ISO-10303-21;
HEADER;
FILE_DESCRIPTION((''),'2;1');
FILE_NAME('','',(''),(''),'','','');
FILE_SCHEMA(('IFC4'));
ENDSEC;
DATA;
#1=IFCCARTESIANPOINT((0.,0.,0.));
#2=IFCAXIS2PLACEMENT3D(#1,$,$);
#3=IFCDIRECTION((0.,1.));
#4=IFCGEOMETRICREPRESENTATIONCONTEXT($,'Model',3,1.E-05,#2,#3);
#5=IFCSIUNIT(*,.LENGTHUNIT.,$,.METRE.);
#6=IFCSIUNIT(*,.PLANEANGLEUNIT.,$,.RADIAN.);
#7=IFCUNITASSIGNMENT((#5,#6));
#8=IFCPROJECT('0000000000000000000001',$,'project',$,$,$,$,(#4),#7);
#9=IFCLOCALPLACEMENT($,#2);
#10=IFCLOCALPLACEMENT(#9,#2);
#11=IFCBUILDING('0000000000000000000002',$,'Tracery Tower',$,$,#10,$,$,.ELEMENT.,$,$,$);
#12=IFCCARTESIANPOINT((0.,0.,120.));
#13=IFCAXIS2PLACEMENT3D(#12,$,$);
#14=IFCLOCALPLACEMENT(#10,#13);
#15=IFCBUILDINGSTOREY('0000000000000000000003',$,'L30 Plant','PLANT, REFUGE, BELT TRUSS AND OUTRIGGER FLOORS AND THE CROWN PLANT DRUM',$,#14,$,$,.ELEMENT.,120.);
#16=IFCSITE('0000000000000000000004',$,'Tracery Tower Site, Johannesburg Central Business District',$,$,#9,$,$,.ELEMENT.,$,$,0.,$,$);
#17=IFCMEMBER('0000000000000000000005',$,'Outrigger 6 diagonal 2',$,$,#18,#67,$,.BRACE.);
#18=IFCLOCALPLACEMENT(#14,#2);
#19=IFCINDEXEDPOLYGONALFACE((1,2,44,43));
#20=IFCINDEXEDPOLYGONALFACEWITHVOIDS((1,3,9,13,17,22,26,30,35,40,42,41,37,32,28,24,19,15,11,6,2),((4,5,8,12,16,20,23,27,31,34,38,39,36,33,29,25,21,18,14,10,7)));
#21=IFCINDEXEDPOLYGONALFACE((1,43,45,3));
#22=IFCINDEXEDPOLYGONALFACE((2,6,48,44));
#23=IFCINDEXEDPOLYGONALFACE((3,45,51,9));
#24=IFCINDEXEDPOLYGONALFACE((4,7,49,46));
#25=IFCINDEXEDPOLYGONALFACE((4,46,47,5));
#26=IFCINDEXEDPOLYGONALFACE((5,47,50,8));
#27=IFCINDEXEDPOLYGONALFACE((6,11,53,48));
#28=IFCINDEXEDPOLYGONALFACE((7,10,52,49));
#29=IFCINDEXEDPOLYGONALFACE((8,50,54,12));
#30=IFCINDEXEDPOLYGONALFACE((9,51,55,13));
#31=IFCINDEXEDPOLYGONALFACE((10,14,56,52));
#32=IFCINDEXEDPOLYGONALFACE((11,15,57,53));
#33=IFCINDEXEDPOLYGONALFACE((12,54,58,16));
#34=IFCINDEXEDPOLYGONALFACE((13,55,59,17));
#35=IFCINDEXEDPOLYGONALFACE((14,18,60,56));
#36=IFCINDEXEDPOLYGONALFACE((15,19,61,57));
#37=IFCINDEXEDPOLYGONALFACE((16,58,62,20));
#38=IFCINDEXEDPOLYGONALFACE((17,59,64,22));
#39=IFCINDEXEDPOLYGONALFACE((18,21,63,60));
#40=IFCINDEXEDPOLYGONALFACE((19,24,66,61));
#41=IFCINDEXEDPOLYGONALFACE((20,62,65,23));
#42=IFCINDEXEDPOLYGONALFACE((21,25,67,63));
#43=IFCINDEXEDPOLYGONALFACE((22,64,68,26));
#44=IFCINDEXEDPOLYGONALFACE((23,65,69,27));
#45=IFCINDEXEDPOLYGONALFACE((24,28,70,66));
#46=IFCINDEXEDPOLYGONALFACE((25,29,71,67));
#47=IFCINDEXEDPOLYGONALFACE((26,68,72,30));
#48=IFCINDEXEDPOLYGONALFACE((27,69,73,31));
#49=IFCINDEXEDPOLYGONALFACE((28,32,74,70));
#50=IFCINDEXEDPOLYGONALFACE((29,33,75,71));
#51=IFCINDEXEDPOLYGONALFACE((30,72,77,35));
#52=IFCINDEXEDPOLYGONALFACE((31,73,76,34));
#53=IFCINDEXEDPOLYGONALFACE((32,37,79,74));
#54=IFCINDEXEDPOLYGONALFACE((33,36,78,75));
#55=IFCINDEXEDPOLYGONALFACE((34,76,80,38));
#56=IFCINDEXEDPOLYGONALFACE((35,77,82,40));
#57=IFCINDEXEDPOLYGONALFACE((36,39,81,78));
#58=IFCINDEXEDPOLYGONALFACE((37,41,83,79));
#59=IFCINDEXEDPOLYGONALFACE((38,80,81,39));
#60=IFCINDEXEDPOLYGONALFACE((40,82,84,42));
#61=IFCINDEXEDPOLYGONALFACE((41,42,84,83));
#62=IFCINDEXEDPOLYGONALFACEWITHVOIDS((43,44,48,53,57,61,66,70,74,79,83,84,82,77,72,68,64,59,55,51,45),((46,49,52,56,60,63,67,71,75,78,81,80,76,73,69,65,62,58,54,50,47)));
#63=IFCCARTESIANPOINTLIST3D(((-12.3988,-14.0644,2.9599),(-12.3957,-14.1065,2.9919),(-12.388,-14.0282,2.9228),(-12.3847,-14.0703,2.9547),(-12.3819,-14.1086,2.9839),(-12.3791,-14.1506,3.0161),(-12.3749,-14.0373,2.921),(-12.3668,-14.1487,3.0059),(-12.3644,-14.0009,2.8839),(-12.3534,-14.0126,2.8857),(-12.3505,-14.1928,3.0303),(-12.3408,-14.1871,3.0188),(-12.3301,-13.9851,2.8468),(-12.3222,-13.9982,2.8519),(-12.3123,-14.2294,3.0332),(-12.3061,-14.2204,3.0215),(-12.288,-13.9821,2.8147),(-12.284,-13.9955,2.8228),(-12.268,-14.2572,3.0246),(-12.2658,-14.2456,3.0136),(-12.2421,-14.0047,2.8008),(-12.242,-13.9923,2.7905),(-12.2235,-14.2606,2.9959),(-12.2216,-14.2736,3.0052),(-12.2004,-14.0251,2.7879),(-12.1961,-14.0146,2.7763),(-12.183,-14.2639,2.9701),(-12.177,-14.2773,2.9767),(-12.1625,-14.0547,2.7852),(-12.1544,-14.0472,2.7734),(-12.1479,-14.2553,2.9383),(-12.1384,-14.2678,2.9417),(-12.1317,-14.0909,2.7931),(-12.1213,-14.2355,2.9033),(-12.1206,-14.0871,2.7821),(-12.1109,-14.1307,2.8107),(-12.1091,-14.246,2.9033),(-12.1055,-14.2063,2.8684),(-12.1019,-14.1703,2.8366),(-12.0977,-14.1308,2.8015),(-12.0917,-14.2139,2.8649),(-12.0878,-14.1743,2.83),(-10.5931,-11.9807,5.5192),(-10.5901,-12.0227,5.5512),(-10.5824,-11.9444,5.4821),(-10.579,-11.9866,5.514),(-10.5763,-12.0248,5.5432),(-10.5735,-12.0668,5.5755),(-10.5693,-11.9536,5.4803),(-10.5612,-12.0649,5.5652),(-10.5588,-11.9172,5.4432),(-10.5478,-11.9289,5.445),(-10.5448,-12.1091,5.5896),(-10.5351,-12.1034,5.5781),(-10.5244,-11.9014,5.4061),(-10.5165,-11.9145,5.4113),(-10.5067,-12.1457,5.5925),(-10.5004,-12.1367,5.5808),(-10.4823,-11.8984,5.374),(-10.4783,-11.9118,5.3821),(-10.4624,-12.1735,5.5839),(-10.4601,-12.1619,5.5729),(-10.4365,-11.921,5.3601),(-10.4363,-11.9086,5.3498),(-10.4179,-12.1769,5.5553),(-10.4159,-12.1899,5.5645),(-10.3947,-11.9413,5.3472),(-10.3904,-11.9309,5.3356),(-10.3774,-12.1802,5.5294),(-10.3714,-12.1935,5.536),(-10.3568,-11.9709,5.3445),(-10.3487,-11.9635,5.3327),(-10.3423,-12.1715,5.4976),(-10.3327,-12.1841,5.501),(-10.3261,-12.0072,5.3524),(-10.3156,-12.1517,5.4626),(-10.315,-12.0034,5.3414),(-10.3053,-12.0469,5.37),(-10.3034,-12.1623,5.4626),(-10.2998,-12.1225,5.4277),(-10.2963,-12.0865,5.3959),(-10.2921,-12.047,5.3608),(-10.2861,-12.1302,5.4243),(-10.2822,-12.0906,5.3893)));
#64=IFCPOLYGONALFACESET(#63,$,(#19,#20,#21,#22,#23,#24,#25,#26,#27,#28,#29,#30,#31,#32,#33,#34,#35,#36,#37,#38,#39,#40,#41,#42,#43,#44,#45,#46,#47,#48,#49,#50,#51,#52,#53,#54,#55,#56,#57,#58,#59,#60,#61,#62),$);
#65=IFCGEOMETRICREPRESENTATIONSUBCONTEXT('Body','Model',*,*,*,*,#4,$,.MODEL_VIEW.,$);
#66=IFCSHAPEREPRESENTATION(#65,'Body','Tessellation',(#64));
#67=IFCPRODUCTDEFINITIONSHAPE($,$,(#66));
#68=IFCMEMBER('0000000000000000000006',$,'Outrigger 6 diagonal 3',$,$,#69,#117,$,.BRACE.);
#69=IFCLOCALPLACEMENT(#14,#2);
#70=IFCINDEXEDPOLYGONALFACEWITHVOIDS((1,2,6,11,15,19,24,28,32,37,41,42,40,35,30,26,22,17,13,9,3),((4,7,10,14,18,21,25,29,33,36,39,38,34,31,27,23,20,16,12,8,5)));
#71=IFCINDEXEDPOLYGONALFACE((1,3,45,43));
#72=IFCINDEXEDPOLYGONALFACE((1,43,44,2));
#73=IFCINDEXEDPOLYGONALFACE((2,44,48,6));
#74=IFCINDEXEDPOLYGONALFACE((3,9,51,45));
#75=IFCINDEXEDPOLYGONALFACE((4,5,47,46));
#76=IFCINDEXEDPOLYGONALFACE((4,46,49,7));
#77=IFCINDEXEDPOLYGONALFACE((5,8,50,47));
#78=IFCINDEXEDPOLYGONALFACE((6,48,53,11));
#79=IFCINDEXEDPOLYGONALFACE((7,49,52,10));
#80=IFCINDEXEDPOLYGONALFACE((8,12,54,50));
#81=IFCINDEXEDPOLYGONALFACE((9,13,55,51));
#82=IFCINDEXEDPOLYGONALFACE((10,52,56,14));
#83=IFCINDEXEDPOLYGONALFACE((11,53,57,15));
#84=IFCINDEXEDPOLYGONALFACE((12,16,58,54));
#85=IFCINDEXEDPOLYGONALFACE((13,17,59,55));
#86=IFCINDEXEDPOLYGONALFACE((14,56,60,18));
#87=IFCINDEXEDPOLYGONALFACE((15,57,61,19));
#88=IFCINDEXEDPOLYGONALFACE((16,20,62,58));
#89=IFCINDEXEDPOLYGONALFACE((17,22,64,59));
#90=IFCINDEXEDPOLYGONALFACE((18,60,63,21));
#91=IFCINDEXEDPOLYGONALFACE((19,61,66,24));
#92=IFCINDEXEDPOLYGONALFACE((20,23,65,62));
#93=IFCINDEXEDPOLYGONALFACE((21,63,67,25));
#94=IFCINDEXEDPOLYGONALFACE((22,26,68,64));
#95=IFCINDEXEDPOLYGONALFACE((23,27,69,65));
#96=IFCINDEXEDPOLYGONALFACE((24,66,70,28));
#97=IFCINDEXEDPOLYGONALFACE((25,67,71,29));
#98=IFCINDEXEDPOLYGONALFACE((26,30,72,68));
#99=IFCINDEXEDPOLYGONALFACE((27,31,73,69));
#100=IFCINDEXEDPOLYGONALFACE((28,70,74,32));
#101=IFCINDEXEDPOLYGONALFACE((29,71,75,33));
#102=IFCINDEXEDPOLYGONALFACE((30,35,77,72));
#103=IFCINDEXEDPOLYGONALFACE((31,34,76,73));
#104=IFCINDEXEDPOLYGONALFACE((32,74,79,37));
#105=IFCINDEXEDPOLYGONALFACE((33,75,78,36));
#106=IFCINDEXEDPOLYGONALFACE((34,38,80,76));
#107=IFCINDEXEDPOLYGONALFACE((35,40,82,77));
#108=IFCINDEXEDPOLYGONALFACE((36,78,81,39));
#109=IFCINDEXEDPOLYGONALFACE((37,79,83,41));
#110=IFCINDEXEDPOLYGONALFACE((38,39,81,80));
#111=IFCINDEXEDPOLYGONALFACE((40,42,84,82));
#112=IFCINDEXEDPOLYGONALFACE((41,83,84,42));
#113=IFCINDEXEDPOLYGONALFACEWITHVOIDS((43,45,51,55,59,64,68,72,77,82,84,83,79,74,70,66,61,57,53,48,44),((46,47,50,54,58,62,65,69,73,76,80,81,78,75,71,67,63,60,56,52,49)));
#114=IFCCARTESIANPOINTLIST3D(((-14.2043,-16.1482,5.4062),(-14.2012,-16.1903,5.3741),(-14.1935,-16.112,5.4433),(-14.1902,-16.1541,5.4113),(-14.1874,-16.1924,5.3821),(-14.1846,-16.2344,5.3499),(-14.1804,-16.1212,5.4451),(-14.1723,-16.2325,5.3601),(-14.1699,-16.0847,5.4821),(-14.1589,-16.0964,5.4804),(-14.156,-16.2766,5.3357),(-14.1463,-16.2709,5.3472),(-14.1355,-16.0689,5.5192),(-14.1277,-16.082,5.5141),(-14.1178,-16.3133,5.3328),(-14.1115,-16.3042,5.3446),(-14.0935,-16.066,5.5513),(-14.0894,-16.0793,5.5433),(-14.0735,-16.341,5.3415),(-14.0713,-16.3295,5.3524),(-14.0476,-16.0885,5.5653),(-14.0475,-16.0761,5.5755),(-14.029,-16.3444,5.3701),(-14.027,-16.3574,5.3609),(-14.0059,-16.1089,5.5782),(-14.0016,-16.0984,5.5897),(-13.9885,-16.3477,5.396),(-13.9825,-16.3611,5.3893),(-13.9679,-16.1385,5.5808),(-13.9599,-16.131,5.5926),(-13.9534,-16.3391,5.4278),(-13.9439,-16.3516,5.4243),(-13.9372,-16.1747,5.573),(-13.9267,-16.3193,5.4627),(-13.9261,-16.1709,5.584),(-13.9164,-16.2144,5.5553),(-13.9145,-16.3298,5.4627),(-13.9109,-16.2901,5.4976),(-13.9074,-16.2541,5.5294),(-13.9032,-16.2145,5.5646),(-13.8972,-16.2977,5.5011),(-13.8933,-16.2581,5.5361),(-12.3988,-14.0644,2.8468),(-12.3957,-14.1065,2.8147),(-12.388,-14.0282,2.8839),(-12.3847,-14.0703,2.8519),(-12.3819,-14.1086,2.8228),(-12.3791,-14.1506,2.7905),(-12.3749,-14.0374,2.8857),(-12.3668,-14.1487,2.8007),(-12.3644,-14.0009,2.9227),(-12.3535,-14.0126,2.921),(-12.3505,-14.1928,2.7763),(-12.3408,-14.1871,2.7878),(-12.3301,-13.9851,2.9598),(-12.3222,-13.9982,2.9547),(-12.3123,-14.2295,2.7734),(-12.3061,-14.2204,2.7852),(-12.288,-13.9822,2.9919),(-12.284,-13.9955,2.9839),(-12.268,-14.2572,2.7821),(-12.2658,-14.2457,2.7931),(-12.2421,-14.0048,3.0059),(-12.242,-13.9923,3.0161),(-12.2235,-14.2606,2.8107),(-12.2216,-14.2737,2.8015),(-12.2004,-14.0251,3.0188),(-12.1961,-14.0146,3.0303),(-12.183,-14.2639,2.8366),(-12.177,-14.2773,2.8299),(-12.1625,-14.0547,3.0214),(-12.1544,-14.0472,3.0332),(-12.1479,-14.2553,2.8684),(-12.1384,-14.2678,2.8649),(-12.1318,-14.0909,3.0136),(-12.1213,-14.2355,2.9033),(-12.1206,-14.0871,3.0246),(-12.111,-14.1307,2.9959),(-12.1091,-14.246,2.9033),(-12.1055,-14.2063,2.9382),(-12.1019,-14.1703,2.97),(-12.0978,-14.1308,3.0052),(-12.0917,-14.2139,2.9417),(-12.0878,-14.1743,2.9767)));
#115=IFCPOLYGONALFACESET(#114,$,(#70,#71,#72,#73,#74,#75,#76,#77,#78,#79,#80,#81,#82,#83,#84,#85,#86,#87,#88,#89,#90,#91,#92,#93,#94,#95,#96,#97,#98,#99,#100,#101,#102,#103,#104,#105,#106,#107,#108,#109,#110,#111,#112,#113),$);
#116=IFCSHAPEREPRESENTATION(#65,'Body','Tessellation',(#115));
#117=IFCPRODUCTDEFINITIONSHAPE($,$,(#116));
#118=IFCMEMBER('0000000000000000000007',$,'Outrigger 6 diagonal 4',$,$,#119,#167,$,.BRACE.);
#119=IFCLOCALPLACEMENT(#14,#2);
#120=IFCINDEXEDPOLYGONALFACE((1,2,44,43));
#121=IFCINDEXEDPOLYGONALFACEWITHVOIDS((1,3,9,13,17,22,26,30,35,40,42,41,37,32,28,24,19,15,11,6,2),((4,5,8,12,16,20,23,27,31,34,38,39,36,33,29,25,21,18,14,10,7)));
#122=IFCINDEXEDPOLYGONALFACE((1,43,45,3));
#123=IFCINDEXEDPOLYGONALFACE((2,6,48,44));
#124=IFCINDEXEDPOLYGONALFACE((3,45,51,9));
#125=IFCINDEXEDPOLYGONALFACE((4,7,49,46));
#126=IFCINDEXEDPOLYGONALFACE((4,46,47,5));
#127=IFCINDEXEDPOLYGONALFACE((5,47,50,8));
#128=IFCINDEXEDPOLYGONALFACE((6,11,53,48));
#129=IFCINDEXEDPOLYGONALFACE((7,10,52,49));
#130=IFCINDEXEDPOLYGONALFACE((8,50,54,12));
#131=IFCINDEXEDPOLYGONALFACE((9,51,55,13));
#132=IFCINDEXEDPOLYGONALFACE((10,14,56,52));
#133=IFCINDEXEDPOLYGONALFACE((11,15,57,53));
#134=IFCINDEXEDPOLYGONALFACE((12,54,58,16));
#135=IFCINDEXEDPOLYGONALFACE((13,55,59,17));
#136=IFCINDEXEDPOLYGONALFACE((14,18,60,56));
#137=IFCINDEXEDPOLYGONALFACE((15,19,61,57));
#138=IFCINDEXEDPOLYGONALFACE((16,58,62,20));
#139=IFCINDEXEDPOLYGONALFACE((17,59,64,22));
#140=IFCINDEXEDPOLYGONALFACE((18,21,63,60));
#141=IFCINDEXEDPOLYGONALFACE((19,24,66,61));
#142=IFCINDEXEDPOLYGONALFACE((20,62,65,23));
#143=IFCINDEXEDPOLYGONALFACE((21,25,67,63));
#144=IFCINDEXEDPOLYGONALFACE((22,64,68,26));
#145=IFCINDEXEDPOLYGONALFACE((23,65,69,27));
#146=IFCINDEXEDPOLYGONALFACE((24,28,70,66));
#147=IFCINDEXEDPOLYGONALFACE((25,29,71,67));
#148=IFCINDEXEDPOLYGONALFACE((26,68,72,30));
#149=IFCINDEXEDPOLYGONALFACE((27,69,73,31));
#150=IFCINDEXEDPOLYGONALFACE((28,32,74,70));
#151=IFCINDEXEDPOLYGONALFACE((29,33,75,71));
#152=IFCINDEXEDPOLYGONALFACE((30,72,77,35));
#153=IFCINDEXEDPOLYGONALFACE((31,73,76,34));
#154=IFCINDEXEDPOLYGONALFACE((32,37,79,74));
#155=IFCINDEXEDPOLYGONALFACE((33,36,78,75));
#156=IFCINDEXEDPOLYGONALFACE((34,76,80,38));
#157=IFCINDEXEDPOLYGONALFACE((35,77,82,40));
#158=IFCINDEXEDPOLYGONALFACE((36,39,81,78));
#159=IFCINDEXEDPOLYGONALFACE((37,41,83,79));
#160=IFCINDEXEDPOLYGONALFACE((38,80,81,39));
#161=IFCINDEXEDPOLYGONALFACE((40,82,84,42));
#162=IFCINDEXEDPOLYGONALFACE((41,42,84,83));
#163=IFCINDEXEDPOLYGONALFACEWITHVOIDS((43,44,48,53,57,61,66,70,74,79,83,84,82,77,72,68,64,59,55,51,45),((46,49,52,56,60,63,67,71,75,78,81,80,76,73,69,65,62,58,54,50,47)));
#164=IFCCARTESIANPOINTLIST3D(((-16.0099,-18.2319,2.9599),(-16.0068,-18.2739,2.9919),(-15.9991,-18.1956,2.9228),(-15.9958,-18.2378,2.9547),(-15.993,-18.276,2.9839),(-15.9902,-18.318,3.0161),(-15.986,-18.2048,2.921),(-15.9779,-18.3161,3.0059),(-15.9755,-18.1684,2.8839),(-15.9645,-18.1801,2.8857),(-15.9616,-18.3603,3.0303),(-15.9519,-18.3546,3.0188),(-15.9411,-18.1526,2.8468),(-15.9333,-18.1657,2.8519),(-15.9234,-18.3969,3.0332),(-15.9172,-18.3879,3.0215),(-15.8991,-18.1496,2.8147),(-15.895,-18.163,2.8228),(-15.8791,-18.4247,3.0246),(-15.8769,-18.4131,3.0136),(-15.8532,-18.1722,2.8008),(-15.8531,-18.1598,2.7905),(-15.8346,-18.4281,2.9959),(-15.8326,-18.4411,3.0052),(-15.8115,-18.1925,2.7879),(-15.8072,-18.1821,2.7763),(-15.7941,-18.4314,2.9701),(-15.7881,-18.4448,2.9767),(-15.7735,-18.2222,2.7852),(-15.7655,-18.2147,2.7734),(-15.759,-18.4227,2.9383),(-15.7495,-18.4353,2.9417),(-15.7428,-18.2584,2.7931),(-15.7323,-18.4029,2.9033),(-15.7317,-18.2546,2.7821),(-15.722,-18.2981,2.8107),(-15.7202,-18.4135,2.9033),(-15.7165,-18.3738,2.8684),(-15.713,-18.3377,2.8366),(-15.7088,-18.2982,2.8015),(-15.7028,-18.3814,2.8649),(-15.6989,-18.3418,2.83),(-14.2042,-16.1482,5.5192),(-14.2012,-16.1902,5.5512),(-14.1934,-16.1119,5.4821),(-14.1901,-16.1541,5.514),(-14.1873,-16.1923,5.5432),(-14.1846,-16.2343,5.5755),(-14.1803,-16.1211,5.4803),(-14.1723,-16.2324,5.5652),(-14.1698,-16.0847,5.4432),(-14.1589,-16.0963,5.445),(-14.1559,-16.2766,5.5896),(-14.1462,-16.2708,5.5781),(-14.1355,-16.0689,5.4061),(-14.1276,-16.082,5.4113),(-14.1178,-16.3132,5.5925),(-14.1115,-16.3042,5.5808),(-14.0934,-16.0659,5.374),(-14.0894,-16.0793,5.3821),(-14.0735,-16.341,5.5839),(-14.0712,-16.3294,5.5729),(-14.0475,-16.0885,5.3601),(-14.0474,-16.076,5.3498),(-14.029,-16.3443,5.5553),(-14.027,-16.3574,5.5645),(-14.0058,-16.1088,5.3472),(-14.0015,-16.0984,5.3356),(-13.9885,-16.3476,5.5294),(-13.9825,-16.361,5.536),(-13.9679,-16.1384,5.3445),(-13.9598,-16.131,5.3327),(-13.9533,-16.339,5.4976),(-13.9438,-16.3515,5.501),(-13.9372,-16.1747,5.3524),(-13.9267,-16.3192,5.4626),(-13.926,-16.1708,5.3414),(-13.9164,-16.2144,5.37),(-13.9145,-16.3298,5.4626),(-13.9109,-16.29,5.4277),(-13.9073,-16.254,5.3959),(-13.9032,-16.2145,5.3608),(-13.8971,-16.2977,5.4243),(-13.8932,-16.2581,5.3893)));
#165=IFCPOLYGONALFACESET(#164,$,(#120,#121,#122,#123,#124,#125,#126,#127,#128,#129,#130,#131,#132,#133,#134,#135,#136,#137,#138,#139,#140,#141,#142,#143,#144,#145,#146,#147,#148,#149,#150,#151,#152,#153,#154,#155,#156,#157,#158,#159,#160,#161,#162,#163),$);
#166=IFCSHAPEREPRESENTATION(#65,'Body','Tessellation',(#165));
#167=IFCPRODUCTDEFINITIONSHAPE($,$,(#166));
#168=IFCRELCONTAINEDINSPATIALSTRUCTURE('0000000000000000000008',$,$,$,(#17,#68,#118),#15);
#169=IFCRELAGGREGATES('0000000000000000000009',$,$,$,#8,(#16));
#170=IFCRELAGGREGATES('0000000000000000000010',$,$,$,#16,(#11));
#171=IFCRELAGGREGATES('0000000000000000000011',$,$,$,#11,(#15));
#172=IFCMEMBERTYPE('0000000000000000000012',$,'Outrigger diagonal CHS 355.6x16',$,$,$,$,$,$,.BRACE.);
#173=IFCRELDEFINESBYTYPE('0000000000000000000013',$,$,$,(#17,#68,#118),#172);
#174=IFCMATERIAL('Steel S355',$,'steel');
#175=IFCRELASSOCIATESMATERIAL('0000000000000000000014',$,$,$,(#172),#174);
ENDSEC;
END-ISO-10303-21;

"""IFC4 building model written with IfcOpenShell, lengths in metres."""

from ifc_helpers import new_model, si_unit, direction, frame, origin, origin_2d, place, context, subcontext, project, spatial, hollow_circle, extrude, material, material_profile, profile_set, type_object, element, save


model = new_model("IFC4")

# Units and contexts
model_context = context("Model", 3, precision=1e-05, world=origin(), true_north=direction((0.0, 1.0)))
body_context = subcontext(model_context, "Body", "Model", "MODEL_VIEW")
ifc_project = project(units=[si_unit("LENGTHUNIT", "METRE"), si_unit("PLANEANGLEUNIT", "RADIAN")], contexts=[model_context])

# Site, building, storey
site_placement = place(None, origin())
site = spatial("IfcSite", under=ifc_project, at=site_placement, Name="Tracery Tower Site, Johannesburg Central Business District", CompositionType="ELEMENT", RefElevation=0.0)
building_placement = place(site_placement, origin())
building = spatial("IfcBuilding", under=site, at=building_placement, Name="Tracery Tower", CompositionType="ELEMENT")
storey_placement = place(building_placement, frame((0.0, 0.0, 120.0)))
storey = spatial("IfcBuildingStorey", under=building, at=storey_placement, Name="L30 Plant", Description="PLANT, REFUGE, BELT TRUSS AND OUTRIGGER FLOORS AND THE CROWN PLANT DRUM", CompositionType="ELEMENT", Elevation=120.0)

# Members
ifc_material_1 = material(Name="Steel S355", Category="steel")
ifc_material_profile_1 = material_profile(ifc_material_1, hollow_circle(Radius=0.1777, WallThickness=0.0161, at=origin_2d()), Name="CHS 355.6x16")
ifc_profile_set_1 = profile_set([ifc_material_profile_1], Name="Steel S355")
member_type_1 = type_object("IfcMemberType", Name="Outrigger diagonal CHS 355.6x16", PredefinedType="BRACE", material=ifc_profile_set_1)
for number, where, z_axis, x_axis, name in (
    (1, (-10.4377, -12.0459, 5.4626), (-0.479976, -0.553894, -0.680312), (0.755733, -0.65488, 0.0), "Outrigger 6 diagonal 2"),
    (2, (-12.2434, -14.1296, 2.9033), (-0.479926, -0.553911, 0.680334), (0.755777, -0.654829, 0.0), "Outrigger 6 diagonal 3"),
    (3, (-14.0488, -16.2134, 5.4626), (-0.479976, -0.553894, -0.680312), (0.755733, -0.65488, 0.0), "Outrigger 6 diagonal 4"),
):
    element("IfcMember", number, at=place(storey_placement, frame(where, z_axis=z_axis, x_axis=x_axis)), inside=storey, type_object=member_type_1, Name=name, PredefinedType="BRACE", context=body_context, shape_type="SweptSolid", body=[
        extrude(hollow_circle(Radius=0.1777, WallThickness=0.0161, at=origin_2d()), origin(), (0.0, 0.0, 1.0), 3.762),
    ])

save(model, "model.ifc")
